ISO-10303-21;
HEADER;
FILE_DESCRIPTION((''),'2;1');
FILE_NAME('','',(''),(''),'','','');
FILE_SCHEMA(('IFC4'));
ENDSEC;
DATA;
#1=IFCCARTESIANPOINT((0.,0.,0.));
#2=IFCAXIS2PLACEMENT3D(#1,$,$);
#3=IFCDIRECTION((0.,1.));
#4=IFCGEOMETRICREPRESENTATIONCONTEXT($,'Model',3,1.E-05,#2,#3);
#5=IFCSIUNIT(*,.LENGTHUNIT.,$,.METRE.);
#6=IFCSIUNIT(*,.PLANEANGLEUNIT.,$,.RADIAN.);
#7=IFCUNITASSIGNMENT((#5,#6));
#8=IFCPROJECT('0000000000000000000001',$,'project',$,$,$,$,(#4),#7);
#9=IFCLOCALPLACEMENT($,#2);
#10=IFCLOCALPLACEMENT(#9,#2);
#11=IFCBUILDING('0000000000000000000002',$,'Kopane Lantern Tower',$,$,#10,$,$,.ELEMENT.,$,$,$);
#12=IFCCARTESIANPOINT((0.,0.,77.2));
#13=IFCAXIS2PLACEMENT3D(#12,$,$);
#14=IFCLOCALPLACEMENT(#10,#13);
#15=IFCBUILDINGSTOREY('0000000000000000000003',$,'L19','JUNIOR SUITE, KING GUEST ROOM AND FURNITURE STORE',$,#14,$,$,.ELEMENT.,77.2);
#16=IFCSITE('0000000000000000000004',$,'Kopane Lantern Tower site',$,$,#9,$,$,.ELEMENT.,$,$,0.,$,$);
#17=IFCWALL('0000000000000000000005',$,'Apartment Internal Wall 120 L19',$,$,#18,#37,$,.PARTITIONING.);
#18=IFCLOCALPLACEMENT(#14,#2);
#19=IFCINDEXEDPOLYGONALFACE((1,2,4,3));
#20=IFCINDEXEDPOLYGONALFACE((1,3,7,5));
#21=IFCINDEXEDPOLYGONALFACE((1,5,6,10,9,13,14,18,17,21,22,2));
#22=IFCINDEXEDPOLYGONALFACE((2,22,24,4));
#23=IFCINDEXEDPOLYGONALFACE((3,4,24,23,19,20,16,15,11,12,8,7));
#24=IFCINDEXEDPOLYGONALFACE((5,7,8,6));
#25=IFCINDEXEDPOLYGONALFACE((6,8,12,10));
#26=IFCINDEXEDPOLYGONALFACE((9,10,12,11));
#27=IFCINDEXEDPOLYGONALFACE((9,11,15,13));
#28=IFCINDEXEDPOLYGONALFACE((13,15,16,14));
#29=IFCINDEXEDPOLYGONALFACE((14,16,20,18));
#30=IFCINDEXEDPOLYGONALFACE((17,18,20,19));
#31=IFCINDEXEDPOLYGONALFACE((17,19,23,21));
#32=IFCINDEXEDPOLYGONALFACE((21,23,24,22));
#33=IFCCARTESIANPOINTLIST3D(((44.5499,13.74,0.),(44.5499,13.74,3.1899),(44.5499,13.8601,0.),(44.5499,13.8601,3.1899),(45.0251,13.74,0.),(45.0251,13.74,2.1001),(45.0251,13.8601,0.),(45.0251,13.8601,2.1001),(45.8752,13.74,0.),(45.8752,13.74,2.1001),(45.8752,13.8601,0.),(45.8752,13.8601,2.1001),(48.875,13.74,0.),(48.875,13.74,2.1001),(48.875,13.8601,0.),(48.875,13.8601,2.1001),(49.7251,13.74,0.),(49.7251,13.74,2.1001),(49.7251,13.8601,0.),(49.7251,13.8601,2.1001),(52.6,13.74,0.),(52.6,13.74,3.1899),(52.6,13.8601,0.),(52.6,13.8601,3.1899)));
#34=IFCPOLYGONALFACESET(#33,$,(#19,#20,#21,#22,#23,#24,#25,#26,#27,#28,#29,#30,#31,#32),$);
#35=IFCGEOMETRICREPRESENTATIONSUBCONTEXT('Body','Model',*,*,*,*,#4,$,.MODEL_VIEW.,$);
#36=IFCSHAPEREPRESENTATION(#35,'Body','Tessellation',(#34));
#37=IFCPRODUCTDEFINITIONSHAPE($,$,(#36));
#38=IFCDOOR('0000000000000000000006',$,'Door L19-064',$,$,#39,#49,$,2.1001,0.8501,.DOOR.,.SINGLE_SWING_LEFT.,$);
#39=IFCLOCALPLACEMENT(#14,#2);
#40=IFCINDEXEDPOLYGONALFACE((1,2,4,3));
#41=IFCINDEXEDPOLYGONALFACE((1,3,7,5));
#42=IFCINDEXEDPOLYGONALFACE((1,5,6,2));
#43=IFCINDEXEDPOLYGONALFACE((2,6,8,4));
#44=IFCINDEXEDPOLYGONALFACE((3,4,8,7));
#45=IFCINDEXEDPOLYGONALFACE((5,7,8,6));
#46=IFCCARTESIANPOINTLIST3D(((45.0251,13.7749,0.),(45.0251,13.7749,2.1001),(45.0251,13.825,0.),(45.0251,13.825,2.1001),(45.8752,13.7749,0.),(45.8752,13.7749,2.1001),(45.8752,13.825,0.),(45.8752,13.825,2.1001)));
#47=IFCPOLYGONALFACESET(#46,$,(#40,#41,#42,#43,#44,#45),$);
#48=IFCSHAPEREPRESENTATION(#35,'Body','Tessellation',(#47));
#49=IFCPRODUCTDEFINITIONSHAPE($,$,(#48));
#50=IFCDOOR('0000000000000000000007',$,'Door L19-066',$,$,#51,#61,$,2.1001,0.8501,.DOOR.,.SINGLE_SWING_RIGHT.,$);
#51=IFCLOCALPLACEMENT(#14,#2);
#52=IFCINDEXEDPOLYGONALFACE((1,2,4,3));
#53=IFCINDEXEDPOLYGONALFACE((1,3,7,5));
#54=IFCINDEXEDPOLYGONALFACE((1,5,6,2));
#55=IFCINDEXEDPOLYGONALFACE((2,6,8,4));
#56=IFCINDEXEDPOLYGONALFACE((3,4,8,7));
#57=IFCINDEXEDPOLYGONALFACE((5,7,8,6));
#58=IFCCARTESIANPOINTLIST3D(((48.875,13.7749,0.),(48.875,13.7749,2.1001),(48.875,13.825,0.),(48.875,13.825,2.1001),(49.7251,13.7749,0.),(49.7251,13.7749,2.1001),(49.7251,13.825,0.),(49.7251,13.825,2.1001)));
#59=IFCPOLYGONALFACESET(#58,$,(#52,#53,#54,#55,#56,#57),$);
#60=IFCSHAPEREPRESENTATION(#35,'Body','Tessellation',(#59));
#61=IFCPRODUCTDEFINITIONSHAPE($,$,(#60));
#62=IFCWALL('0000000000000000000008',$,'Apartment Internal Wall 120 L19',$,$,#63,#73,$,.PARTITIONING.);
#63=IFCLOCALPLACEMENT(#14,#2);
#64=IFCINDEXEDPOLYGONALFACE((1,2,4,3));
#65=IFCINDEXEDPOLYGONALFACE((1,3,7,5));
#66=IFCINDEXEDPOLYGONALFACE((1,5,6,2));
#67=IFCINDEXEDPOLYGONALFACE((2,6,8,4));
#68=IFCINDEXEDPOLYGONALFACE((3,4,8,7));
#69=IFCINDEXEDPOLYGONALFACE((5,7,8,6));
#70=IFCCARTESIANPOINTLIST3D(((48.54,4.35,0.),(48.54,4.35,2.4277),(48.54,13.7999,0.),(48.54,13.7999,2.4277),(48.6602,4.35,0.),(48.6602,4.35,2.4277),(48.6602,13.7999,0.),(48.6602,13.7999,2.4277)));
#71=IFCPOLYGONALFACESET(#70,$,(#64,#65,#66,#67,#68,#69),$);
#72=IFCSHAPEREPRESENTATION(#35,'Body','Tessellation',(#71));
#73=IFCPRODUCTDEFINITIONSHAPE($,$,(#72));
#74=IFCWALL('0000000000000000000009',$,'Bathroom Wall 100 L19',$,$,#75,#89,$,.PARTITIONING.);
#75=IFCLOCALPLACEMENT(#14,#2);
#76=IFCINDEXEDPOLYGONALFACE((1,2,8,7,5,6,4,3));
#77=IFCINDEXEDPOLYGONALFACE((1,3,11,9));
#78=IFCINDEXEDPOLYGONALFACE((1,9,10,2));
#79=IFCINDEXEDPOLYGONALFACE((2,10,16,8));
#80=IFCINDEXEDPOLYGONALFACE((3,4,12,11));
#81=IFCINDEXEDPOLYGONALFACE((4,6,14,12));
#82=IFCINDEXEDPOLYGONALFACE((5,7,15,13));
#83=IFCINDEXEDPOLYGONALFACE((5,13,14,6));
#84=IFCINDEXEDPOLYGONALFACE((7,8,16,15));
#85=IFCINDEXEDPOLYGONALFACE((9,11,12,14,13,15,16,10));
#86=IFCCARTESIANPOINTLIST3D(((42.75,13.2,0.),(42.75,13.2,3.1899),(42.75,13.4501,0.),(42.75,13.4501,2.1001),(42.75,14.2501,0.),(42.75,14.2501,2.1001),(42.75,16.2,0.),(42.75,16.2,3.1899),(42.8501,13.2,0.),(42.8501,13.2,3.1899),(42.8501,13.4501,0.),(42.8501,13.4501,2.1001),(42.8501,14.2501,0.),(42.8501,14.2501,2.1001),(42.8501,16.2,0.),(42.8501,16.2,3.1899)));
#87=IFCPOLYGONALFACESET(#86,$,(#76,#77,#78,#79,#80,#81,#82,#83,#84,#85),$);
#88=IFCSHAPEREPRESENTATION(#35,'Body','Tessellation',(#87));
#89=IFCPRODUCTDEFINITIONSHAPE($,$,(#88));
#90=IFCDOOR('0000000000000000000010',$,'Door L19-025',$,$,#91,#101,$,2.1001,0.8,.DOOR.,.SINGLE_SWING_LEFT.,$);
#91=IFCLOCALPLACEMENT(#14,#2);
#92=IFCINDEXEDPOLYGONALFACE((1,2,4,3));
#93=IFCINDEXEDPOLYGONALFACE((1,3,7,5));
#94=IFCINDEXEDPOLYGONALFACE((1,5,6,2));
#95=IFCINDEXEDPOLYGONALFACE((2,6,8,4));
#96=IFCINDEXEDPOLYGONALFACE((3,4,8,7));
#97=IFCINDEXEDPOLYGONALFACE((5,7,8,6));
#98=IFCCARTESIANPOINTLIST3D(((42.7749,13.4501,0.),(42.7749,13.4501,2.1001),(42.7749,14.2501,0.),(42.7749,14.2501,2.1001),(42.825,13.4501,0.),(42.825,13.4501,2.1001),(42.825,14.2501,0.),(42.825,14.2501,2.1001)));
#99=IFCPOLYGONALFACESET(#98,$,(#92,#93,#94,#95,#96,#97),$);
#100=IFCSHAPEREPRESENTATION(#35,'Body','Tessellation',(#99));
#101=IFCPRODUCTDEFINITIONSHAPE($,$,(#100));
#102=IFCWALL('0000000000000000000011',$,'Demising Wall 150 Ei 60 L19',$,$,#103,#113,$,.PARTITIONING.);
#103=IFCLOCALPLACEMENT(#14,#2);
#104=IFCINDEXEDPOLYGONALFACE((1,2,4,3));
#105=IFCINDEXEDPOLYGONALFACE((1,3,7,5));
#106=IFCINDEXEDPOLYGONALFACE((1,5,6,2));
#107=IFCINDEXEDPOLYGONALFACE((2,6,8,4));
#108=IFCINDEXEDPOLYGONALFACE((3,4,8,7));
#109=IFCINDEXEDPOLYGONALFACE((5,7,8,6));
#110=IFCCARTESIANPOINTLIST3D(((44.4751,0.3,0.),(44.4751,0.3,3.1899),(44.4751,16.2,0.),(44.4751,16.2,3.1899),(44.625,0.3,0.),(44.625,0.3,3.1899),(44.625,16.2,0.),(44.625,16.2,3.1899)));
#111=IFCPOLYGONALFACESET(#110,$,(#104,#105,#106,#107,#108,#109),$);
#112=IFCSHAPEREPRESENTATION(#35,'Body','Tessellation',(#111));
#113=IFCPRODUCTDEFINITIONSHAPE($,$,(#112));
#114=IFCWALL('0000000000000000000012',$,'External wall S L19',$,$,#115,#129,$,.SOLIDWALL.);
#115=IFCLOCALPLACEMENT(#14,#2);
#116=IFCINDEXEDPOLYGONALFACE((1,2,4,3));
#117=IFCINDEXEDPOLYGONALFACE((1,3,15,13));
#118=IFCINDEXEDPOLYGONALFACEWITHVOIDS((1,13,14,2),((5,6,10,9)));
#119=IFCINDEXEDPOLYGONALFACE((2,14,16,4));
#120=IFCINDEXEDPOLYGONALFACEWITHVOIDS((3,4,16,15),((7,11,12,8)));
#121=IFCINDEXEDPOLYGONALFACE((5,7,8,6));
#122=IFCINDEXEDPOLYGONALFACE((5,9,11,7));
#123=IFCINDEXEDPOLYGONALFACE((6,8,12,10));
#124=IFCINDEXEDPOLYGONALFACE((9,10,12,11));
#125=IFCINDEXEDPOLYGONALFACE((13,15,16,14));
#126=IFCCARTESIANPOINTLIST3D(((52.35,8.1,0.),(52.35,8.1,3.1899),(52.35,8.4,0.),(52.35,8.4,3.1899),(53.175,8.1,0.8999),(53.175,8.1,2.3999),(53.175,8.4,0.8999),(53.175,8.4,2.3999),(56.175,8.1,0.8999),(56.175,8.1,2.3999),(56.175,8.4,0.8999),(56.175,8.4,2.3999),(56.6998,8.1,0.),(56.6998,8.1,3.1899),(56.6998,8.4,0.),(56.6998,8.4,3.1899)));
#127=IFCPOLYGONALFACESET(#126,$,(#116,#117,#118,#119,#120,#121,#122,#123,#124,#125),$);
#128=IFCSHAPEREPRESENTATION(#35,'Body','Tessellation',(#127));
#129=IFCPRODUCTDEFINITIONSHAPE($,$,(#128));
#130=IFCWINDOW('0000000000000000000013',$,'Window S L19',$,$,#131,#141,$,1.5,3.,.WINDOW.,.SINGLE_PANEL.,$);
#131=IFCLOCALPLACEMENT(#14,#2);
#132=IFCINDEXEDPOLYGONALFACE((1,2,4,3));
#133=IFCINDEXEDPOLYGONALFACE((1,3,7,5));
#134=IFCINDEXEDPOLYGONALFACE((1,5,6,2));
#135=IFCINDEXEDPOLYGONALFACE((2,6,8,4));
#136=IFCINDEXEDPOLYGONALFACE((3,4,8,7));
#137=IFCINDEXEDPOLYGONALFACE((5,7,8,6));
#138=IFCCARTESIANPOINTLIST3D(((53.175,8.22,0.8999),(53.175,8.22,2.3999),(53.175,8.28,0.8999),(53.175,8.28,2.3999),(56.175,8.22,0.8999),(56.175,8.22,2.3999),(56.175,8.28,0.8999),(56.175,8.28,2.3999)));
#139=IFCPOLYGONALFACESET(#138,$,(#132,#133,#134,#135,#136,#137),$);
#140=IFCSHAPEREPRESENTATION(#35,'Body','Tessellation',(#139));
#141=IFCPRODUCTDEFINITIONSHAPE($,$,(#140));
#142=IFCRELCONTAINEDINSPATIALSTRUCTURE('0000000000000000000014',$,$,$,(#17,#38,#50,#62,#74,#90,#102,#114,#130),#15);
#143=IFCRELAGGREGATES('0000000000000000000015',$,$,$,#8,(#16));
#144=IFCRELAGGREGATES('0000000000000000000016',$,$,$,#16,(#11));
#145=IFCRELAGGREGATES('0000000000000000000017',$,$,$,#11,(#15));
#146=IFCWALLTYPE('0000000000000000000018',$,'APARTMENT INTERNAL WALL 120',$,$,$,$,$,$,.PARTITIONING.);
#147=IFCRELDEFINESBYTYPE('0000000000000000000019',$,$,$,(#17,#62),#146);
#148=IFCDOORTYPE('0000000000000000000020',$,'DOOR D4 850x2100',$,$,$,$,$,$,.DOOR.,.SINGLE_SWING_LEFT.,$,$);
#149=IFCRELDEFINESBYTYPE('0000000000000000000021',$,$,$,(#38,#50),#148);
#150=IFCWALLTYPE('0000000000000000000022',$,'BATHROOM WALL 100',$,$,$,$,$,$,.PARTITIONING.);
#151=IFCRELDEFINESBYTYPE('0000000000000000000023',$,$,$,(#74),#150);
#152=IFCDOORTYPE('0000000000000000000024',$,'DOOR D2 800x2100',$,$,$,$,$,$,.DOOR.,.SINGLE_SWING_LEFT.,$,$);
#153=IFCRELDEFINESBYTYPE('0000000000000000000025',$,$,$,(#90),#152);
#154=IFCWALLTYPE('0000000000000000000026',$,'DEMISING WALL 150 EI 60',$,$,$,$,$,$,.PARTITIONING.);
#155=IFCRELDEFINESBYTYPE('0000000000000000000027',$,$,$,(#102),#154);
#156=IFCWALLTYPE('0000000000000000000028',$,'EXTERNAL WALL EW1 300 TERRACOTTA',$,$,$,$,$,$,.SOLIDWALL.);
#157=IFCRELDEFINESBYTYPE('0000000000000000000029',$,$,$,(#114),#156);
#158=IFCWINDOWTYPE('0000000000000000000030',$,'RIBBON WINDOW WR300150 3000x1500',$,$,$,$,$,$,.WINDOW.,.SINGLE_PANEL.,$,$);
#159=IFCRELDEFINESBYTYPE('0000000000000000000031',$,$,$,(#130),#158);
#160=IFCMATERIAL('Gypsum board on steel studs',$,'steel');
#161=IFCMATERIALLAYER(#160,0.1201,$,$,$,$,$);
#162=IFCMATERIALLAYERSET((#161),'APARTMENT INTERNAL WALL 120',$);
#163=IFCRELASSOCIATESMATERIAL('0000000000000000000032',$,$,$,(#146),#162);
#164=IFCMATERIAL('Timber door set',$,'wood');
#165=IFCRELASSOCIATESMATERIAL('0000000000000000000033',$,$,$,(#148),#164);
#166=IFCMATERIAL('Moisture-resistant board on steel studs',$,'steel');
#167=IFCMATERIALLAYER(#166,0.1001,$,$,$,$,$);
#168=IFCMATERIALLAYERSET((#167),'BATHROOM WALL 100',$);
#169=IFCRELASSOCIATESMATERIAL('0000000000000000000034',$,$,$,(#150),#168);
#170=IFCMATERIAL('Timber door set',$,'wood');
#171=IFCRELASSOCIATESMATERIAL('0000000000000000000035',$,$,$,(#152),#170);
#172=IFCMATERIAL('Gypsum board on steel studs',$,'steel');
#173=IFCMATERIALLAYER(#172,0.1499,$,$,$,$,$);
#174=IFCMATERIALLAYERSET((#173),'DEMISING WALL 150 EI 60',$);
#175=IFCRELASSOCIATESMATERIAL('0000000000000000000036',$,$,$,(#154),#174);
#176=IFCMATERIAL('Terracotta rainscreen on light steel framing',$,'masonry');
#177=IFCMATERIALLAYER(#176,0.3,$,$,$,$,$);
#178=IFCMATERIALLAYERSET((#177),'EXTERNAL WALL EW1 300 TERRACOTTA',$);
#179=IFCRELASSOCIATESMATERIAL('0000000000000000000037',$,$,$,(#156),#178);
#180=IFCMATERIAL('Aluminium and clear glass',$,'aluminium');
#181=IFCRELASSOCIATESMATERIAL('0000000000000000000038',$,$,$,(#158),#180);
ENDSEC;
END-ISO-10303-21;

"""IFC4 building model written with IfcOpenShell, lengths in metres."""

from ifc_helpers import new_model, si_unit, direction, frame, frame_2d, origin, place, context, subcontext, project, spatial, rectangle, extrude, material, layer, layer_set, type_object, element, fill, save


model = new_model("IFC4")

# Units and contexts
model_context = context("Model", 3, precision=1e-05, world=origin(), true_north=direction((0.0, 1.0)))
body_context = subcontext(model_context, "Body", "Model", "MODEL_VIEW")
ifc_project = project(units=[si_unit("LENGTHUNIT", "METRE"), si_unit("PLANEANGLEUNIT", "RADIAN")], contexts=[model_context])

# Site, building, storey
site_placement = place(None, origin())
site = spatial("IfcSite", under=ifc_project, at=site_placement, Name="Kopane Lantern Tower site", CompositionType="ELEMENT", RefElevation=0.0)
building_placement = place(site_placement, origin())
building = spatial("IfcBuilding", under=site, at=building_placement, Name="Kopane Lantern Tower", CompositionType="ELEMENT")
storey_placement = place(building_placement, frame((0.0, 0.0, 77.2)))
storey = spatial("IfcBuildingStorey", under=building, at=storey_placement, Name="L19", Description="JUNIOR SUITE, KING GUEST ROOM AND FURNITURE STORE", CompositionType="ELEMENT", Elevation=77.2)

# Wall, openings, doors
ifc_material_1 = material(Name="Gypsum board on steel studs", Category="steel")
ifc_layer_1 = layer(ifc_material_1, 0.1201)
ifc_layer_set_1 = layer_set([ifc_layer_1], Name="APARTMENT INTERNAL WALL 120")
wall_type_1 = type_object("IfcWallType", Name="APARTMENT INTERNAL WALL 120", PredefinedType="PARTITIONING", material=ifc_layer_set_1)
wall_1_placement = place(storey_placement, frame((44.55, 13.8, 0.0), z_axis=(0.0, 0.0, 1.0), x_axis=(1.0, 0.0, 0.0)))
wall_1 = element("IfcWall", 1, at=wall_1_placement, inside=storey, type_object=wall_type_1, Name="Apartment Internal Wall 120 L19", PredefinedType="PARTITIONING", context=body_context, shape_type="SweptSolid", body=[
    extrude(rectangle(XDim=8.05, YDim=0.1201, at=frame_2d((4.0249, 0.0))), origin(), (0.0, 0.0, 1.0), 3.1899),
])
opening_1_placement = place(wall_1_placement, frame((0.4751, 0.0, 0.0)))
opening_1 = element("IfcOpeningElement", 2, at=opening_1_placement, cuts=wall_1, PredefinedType="OPENING", context=body_context, shape_type="SweptSolid", body=[
    extrude(rectangle(XDim=0.8501, YDim=2.1001, at=frame_2d((0.425, 1.05))), frame((0.0, 0.0701, 0.0), z_axis=(0.0, -1.0, 0.0), x_axis=(1.0, 0.0, 0.0)), (0.0, 0.0, 1.0), 0.1401),
])
opening_2_placement = place(wall_1_placement, frame((4.325, 0.0, 0.0)))
opening_2 = element("IfcOpeningElement", 3, at=opening_2_placement, cuts=wall_1, PredefinedType="OPENING", context=body_context, shape_type="SweptSolid", body=[
    extrude(rectangle(XDim=0.8501, YDim=2.1001, at=frame_2d((0.425, 1.05))), frame((0.0, 0.0701, 0.0), z_axis=(0.0, -1.0, 0.0), x_axis=(1.0, 0.0, 0.0)), (0.0, 0.0, 1.0), 0.1401),
])
ifc_material_2 = material(Name="Timber door set", Category="wood")
door_type_1 = type_object("IfcDoorType", Name="DOOR D4 850x2100", OperationType="SINGLE_SWING_LEFT", PredefinedType="DOOR", material=ifc_material_2)
door_1_placement = place(opening_1_placement, origin())
door_1 = element("IfcDoor", 4, at=door_1_placement, inside=storey, type_object=door_type_1, Name="Door L19-064", OperationType="SINGLE_SWING_LEFT", OverallHeight=2.1001, OverallWidth=0.8501, PredefinedType="DOOR", context=body_context, shape_type="SweptSolid", body=[
    extrude(rectangle(XDim=0.8501, YDim=2.1001, at=frame_2d((0.425, 1.05))), frame((0.0, 0.0249, 0.0), z_axis=(0.0, -1.0, 0.0), x_axis=(1.0, 0.0, 0.0)), (0.0, 0.0, 1.0), 0.05),
])
fill(opening_1, door_1)
door_2_placement = place(opening_2_placement, origin())
door_2 = element("IfcDoor", 5, at=door_2_placement, inside=storey, type_object=door_type_1, Name="Door L19-066", OperationType="SINGLE_SWING_RIGHT", OverallHeight=2.1001, OverallWidth=0.8501, PredefinedType="DOOR", context=body_context, shape_type="SweptSolid", body=[
    extrude(rectangle(XDim=0.8501, YDim=2.1001, at=frame_2d((0.425, 1.05))), frame((0.0, 0.0249, 0.0), z_axis=(0.0, -1.0, 0.0), x_axis=(1.0, 0.0, 0.0)), (0.0, 0.0, 1.0), 0.05),
])
fill(opening_2, door_2)

# Wall
wall_2_placement = place(storey_placement, frame((48.6001, 13.8, 0.0), z_axis=(0.0, 0.0, 1.0), x_axis=(0.0, -1.0, 0.0)))
element("IfcWall", 6, at=wall_2_placement, inside=storey, type_object=wall_type_1, Name="Apartment Internal Wall 120 L19", PredefinedType="PARTITIONING", context=body_context, shape_type="SweptSolid", body=[
    extrude(rectangle(XDim=9.45, YDim=0.1201, at=frame_2d((4.7251, 0.0))), origin(), (0.0, 0.0, 1.0), 2.4277),
])

# Wall, opening, door
ifc_material_3 = material(Name="Moisture-resistant board on steel studs", Category="steel")
ifc_layer_2 = layer(ifc_material_3, 0.1001)
ifc_layer_set_2 = layer_set([ifc_layer_2], Name="BATHROOM WALL 100")
wall_type_2 = type_object("IfcWallType", Name="BATHROOM WALL 100", PredefinedType="PARTITIONING", material=ifc_layer_set_2)
wall_3_placement = place(storey_placement, frame((42.8, 16.2, 0.0), z_axis=(0.0, 0.0, 1.0), x_axis=(0.0, -1.0, 0.0)))
wall_3 = element("IfcWall", 7, at=wall_3_placement, inside=storey, type_object=wall_type_2, Name="Bathroom Wall 100 L19", PredefinedType="PARTITIONING", context=body_context, shape_type="SweptSolid", body=[
    extrude(rectangle(XDim=3.0, YDim=0.1001, at=frame_2d((1.5, 0.0))), origin(), (0.0, 0.0, 1.0), 3.1899),
])
opening_3_placement = place(wall_3_placement, frame((1.95, 0.0, 0.0)))
opening_3 = element("IfcOpeningElement", 8, at=opening_3_placement, cuts=wall_3, PredefinedType="OPENING", context=body_context, shape_type="SweptSolid", body=[
    extrude(rectangle(XDim=0.8, YDim=2.1001, at=frame_2d((0.3999, 1.05))), frame((0.0, 0.0601, 0.0), z_axis=(0.0, -1.0, 0.0), x_axis=(1.0, 0.0, 0.0)), (0.0, 0.0, 1.0), 0.1201),
])
ifc_material_4 = material(Name="Timber door set", Category="wood")
door_type_2 = type_object("IfcDoorType", Name="DOOR D2 800x2100", OperationType="SINGLE_SWING_LEFT", PredefinedType="DOOR", material=ifc_material_4)
door_3_placement = place(opening_3_placement, origin())
door_3 = element("IfcDoor", 9, at=door_3_placement, inside=storey, type_object=door_type_2, Name="Door L19-025", OperationType="SINGLE_SWING_LEFT", OverallHeight=2.1001, OverallWidth=0.8, PredefinedType="DOOR", context=body_context, shape_type="SweptSolid", body=[
    extrude(rectangle(XDim=0.8, YDim=2.1001, at=frame_2d((0.3999, 1.05))), frame((0.0, 0.0249, 0.0), z_axis=(0.0, -1.0, 0.0), x_axis=(1.0, 0.0, 0.0)), (0.0, 0.0, 1.0), 0.05),
])
fill(opening_3, door_3)

# Wall
ifc_material_5 = material(Name="Gypsum board on steel studs", Category="steel")
ifc_layer_3 = layer(ifc_material_5, 0.1499)
ifc_layer_set_3 = layer_set([ifc_layer_3], Name="DEMISING WALL 150 EI 60")
wall_type_3 = type_object("IfcWallType", Name="DEMISING WALL 150 EI 60", PredefinedType="PARTITIONING", material=ifc_layer_set_3)
wall_4_placement = place(storey_placement, frame((44.55, 16.2, 0.0), z_axis=(0.0, 0.0, 1.0), x_axis=(0.0, -1.0, 0.0)))
element("IfcWall", 10, at=wall_4_placement, inside=storey, type_object=wall_type_3, Name="Demising Wall 150 Ei 60 L19", PredefinedType="PARTITIONING", context=body_context, shape_type="SweptSolid", body=[
    extrude(rectangle(XDim=15.8999, YDim=0.1499, at=frame_2d((7.95, 0.0))), origin(), (0.0, 0.0, 1.0), 3.1899),
])

# Wall, opening, window
ifc_material_6 = material(Name="Terracotta rainscreen on light steel framing", Category="masonry")
ifc_layer_4 = layer(ifc_material_6, 0.3)
ifc_layer_set_4 = layer_set([ifc_layer_4], Name="EXTERNAL WALL EW1 300 TERRACOTTA")
wall_type_4 = type_object("IfcWallType", Name="EXTERNAL WALL EW1 300 TERRACOTTA", PredefinedType="SOLIDWALL", material=ifc_layer_set_4)
wall_5_placement = place(storey_placement, frame((52.3501, 8.25, 0.0), z_axis=(0.0, 0.0, 1.0), x_axis=(1.0, 0.0, 0.0)))
wall_5 = element("IfcWall", 11, at=wall_5_placement, inside=storey, type_object=wall_type_4, Name="External wall S L19", PredefinedType="SOLIDWALL", context=body_context, shape_type="SweptSolid", body=[
    extrude(rectangle(XDim=4.3499, YDim=0.3, at=frame_2d((2.1748, 0.0))), origin(), (0.0, 0.0, 1.0), 3.1899),
])
opening_4_placement = place(wall_5_placement, frame((0.825, 0.0, 0.8999)))
opening_4 = element("IfcOpeningElement", 12, at=opening_4_placement, cuts=wall_5, PredefinedType="OPENING", context=body_context, shape_type="SweptSolid", body=[
    extrude(rectangle(XDim=3.0, YDim=1.5, at=frame_2d((1.5, 0.75))), frame((0.0, 0.1599, 0.0), z_axis=(0.0, -1.0, 0.0), x_axis=(1.0, 0.0, 0.0)), (0.0, 0.0, 1.0), 0.3201),
])
ifc_material_7 = material(Name="Aluminium and clear glass", Category="aluminium")
window_type = type_object("IfcWindowType", Name="RIBBON WINDOW WR300150 3000x1500", PartitioningType="SINGLE_PANEL", PredefinedType="WINDOW", material=ifc_material_7)
window_1_placement = place(opening_4_placement, origin())
window_1 = element("IfcWindow", 13, at=window_1_placement, inside=storey, type_object=window_type, Name="Window S L19", OverallHeight=1.5, OverallWidth=3.0, PartitioningType="SINGLE_PANEL", PredefinedType="WINDOW", context=body_context, shape_type="SweptSolid", body=[
    extrude(rectangle(XDim=3.0, YDim=1.5, at=frame_2d((1.5, 0.75))), frame((0.0, 0.03, 0.0), z_axis=(0.0, -1.0, 0.0), x_axis=(1.0, 0.0, 0.0)), (0.0, 0.0, 1.0), 0.0601),
])
fill(opening_4, window_1)

save(model, "model.ifc")
